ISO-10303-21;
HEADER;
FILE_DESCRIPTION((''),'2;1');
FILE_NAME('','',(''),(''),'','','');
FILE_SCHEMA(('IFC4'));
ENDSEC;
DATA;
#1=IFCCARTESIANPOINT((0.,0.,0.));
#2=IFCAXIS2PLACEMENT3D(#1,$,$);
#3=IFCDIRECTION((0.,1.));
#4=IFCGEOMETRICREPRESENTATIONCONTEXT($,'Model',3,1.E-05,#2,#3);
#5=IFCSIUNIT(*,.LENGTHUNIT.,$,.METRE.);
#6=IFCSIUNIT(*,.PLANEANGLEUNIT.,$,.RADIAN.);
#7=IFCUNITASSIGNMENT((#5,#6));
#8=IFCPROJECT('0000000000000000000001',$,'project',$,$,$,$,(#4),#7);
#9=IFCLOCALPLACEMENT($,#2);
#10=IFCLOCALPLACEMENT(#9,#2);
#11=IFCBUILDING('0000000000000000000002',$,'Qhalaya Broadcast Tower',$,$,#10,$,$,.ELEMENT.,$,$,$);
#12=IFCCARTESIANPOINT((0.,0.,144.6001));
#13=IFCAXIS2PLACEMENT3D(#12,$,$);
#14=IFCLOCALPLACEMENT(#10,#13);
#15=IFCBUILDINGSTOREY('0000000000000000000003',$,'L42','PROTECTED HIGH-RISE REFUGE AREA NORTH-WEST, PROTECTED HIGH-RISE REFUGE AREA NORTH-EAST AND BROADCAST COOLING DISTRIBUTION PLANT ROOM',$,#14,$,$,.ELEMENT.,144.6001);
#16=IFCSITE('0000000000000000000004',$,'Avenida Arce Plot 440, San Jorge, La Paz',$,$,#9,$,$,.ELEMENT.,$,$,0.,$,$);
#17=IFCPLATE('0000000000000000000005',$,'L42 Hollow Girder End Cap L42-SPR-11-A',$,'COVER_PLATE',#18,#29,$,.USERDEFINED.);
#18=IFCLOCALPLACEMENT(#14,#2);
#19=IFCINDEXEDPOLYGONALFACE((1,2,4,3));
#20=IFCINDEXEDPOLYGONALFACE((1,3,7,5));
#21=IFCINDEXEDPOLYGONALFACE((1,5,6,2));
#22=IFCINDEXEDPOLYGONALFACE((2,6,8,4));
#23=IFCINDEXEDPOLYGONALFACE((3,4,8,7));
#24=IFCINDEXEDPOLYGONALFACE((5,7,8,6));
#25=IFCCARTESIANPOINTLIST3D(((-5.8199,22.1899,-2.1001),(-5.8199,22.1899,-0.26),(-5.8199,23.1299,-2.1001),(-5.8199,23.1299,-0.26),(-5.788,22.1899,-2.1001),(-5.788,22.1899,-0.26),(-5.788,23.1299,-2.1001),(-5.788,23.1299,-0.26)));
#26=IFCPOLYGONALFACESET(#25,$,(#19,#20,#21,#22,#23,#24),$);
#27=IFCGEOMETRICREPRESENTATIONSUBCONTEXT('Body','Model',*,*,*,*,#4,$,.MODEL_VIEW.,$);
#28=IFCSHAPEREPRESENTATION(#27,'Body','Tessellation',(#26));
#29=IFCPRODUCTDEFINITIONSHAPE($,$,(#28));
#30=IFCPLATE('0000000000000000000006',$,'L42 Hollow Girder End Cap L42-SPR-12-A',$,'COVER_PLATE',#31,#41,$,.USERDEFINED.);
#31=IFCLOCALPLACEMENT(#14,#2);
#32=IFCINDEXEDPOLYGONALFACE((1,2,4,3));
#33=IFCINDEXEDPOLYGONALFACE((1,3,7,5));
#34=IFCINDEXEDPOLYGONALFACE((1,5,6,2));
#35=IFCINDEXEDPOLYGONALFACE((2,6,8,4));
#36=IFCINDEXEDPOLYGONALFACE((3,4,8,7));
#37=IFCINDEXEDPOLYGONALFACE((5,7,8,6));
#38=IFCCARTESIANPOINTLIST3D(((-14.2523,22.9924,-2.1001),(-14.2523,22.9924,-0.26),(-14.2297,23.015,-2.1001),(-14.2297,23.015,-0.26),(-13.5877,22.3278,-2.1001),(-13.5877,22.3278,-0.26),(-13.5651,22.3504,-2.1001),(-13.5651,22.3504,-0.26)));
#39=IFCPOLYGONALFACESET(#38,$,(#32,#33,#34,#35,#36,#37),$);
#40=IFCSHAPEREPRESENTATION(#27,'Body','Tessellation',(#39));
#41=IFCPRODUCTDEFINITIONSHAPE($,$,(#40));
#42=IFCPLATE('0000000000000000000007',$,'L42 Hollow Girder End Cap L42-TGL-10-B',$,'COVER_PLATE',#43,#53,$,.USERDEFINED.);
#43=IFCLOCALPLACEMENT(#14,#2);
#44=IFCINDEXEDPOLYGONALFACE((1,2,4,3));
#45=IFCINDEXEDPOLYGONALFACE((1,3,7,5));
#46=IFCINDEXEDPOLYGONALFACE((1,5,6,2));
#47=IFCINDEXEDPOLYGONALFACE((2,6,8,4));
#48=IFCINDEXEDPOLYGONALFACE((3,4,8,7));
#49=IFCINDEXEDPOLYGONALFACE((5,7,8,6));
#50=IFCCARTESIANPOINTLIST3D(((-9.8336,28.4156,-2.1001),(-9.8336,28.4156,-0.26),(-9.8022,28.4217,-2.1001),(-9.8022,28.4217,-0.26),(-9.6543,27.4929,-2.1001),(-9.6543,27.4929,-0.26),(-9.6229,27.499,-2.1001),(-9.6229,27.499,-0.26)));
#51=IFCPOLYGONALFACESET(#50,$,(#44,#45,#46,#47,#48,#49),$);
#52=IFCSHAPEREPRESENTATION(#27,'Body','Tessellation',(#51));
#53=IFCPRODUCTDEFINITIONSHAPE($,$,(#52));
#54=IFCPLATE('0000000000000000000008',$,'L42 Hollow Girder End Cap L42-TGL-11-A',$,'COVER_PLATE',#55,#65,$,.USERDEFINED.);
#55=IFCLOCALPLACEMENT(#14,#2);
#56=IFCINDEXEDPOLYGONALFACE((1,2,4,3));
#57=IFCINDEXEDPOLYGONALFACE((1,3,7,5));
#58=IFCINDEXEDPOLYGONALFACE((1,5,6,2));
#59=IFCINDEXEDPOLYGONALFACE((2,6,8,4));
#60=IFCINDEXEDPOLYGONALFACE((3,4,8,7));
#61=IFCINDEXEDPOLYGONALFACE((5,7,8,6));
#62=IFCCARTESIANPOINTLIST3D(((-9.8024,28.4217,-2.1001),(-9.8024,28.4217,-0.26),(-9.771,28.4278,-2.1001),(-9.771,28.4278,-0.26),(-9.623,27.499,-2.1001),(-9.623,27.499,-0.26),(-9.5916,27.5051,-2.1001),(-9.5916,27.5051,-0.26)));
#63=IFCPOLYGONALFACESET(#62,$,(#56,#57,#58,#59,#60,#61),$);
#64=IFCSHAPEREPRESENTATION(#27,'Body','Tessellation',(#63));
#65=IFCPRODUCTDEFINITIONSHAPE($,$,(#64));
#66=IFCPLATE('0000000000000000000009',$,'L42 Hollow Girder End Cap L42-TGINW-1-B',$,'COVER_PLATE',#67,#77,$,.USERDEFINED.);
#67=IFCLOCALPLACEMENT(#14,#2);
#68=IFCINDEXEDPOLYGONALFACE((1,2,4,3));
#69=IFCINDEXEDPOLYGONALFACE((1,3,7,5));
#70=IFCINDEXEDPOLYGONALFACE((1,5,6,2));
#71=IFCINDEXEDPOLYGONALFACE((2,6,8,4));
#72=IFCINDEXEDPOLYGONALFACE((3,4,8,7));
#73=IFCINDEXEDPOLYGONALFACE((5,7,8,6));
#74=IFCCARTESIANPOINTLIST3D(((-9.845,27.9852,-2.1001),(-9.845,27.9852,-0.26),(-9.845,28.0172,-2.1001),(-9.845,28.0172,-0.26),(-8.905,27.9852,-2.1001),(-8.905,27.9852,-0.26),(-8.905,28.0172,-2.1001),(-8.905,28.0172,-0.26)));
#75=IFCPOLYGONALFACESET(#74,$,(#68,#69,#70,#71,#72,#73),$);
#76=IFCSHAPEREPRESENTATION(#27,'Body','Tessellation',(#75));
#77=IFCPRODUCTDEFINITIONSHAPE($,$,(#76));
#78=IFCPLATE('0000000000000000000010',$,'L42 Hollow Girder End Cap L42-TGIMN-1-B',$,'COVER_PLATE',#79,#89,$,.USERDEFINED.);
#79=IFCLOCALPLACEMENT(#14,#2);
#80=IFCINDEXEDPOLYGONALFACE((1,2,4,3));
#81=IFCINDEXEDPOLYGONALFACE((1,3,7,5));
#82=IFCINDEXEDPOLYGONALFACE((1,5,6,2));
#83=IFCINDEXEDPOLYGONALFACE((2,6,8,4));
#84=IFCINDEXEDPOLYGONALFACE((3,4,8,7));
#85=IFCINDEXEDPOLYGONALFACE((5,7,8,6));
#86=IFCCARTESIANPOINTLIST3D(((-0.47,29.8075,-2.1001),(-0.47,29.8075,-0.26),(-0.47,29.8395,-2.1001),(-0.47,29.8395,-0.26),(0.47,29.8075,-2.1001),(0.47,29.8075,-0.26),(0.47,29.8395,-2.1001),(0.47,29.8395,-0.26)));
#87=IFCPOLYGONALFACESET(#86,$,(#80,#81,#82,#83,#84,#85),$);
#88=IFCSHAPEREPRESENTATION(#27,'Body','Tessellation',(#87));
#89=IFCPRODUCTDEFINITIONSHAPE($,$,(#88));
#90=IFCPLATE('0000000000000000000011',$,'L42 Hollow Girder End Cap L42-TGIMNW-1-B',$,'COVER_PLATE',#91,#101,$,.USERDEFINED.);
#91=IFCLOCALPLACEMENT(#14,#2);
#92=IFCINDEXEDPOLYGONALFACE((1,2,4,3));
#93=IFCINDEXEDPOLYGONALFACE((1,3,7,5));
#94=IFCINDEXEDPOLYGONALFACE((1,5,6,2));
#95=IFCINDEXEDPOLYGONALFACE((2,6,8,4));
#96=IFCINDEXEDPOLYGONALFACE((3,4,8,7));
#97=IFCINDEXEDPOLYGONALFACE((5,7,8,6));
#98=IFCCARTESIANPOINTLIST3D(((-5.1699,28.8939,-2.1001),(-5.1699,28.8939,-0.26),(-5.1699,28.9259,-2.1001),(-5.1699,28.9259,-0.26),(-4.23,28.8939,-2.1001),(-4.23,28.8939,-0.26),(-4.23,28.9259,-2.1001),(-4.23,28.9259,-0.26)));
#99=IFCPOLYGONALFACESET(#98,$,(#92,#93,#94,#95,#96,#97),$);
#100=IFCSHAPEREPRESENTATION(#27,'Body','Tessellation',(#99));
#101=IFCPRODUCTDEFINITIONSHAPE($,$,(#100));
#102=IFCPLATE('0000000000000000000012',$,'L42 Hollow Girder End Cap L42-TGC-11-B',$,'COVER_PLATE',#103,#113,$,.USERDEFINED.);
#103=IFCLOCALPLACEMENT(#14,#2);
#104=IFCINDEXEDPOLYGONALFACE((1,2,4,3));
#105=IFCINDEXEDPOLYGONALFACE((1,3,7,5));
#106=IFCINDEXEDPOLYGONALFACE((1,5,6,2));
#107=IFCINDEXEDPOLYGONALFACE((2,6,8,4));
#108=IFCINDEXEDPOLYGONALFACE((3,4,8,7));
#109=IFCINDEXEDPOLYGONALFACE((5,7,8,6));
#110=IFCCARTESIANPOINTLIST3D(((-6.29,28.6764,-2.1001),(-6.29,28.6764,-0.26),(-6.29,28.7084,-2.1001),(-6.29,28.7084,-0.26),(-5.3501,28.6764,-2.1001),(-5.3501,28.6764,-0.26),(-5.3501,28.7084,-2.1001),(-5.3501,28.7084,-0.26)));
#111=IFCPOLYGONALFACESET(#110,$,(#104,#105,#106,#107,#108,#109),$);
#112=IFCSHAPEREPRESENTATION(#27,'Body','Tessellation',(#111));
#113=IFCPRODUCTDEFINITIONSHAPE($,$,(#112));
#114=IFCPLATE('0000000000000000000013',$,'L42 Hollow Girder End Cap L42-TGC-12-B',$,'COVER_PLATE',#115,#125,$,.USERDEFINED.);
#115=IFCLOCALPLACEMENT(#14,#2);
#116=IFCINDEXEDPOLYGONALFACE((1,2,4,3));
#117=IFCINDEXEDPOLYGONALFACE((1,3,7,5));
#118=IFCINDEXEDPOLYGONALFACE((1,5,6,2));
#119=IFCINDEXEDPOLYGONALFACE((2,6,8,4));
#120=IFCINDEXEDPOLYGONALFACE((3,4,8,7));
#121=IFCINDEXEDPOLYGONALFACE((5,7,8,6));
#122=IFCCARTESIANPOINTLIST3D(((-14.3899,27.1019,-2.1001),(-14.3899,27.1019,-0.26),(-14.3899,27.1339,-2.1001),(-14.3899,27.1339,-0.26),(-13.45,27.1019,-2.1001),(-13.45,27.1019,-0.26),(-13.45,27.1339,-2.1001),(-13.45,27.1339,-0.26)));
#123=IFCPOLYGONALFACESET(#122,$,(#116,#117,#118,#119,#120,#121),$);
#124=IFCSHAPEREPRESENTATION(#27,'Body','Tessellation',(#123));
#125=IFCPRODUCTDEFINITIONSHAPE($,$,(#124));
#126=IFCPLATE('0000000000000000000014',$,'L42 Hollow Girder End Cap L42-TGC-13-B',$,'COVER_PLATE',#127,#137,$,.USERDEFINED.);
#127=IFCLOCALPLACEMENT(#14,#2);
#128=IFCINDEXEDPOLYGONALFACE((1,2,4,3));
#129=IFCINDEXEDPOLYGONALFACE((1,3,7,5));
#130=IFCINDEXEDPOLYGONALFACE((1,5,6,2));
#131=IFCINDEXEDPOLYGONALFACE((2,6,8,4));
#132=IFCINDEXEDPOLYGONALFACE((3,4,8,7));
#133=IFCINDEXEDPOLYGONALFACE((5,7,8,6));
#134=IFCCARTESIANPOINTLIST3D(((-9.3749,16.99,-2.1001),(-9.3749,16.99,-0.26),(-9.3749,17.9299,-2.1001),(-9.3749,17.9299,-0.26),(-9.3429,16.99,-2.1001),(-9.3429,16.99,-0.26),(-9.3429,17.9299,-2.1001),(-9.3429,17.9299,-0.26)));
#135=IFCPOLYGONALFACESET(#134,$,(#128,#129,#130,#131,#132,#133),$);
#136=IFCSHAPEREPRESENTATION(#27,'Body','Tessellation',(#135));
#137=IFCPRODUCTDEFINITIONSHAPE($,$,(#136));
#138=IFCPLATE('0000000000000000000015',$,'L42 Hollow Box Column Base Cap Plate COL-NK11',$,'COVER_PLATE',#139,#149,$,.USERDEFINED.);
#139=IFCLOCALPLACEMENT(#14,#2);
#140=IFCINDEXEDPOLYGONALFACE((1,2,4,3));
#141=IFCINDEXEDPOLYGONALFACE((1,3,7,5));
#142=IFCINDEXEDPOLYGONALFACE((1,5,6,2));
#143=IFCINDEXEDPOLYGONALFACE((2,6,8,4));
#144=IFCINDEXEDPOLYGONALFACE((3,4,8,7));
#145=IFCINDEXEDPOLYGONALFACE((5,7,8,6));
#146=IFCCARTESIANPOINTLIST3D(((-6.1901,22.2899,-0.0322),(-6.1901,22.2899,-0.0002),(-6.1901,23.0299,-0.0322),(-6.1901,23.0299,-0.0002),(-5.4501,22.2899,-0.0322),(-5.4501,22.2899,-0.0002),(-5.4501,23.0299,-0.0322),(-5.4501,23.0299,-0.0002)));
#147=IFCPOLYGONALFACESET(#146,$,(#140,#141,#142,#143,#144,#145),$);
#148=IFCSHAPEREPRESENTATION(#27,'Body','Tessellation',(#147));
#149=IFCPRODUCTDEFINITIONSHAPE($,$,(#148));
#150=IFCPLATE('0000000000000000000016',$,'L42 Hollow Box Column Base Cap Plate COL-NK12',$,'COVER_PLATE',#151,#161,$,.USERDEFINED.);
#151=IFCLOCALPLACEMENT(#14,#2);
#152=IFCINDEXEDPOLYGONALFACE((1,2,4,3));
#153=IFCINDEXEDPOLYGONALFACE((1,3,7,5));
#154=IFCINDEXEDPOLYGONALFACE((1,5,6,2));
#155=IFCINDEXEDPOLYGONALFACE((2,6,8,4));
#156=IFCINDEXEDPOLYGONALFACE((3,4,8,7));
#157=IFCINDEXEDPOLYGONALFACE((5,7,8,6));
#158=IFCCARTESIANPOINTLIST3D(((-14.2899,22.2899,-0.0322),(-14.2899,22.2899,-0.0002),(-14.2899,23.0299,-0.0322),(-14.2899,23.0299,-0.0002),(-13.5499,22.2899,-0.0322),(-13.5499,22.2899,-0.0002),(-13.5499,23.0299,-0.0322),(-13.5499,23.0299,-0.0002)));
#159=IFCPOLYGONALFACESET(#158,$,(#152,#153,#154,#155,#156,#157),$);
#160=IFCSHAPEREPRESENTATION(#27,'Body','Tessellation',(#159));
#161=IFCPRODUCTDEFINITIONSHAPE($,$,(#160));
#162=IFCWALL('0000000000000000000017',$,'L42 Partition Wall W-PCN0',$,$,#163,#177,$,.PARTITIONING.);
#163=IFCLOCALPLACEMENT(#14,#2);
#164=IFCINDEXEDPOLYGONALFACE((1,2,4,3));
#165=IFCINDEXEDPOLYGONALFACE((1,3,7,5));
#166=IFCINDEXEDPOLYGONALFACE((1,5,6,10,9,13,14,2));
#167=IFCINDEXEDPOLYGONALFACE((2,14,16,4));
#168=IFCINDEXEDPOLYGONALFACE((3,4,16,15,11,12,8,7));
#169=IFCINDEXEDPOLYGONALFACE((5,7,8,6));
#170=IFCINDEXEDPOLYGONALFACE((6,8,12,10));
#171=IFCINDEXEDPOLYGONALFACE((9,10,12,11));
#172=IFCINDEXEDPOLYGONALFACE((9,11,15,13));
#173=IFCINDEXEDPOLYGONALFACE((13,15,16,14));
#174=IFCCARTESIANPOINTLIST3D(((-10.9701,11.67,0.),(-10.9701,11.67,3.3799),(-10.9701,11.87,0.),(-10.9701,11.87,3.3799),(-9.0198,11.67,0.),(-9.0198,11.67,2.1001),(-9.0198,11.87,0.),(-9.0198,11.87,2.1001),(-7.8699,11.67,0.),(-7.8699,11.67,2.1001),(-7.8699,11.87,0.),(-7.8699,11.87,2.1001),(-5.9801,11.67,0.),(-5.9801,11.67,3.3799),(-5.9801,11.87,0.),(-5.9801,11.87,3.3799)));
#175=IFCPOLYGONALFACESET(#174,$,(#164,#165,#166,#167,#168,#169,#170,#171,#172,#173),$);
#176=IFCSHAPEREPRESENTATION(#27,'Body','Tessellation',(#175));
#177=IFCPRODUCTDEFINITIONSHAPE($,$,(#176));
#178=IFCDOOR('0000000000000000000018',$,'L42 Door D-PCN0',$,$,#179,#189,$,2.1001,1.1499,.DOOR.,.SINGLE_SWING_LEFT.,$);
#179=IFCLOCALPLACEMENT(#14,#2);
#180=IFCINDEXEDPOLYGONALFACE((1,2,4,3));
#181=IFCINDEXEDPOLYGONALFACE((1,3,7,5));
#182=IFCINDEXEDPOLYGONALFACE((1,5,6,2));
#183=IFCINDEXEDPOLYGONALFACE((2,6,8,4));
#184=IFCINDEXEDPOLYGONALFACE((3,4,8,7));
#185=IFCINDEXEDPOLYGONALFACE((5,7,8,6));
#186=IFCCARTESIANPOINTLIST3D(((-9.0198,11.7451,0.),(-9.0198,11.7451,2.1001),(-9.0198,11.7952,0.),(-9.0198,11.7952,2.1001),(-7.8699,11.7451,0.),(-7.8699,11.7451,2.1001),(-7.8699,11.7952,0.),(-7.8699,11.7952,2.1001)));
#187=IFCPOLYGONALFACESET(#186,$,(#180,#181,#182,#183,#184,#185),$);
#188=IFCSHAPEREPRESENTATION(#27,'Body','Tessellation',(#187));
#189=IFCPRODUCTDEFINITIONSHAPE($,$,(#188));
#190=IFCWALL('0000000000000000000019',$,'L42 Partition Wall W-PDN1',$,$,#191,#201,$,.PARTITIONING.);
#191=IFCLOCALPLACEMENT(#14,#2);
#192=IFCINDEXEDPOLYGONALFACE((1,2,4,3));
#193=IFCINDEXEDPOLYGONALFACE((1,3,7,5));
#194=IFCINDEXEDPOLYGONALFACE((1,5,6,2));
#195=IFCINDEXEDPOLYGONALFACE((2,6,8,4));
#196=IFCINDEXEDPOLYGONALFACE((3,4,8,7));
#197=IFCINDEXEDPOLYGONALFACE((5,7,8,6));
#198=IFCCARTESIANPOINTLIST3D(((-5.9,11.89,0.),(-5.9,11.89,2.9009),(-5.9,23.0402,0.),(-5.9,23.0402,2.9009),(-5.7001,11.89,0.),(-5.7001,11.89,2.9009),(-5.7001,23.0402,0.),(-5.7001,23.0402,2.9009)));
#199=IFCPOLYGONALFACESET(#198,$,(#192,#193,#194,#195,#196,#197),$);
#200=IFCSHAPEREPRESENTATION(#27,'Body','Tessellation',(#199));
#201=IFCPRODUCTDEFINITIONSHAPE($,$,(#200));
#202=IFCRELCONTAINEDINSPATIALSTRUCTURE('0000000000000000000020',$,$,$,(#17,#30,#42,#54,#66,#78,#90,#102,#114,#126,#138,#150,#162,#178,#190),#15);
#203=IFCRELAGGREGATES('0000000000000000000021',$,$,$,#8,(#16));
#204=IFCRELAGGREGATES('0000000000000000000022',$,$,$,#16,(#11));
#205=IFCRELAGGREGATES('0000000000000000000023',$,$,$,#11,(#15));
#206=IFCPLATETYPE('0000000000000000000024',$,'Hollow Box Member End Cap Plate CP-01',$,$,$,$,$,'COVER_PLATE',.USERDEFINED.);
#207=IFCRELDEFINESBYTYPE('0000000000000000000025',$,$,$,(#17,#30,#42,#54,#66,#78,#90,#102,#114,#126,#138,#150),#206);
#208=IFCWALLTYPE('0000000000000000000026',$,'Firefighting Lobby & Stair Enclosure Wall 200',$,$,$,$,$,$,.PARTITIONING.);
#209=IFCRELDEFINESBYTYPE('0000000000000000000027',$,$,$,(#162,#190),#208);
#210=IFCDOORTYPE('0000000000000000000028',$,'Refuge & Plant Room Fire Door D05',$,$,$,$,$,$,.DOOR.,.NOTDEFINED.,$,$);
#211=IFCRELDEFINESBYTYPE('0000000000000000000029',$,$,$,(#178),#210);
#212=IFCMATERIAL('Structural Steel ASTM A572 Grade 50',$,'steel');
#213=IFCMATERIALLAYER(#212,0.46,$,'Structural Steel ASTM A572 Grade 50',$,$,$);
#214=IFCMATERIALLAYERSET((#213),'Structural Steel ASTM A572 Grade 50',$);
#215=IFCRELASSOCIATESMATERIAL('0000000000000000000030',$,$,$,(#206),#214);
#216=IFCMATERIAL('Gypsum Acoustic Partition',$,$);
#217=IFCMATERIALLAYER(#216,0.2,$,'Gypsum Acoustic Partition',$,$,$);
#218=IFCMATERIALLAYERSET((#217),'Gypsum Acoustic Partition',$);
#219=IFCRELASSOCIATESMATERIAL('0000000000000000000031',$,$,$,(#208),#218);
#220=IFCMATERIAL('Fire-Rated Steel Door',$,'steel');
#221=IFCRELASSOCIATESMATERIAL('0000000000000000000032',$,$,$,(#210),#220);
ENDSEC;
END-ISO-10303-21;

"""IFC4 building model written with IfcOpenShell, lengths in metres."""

from ifc_helpers import new_model, si_unit, direction, frame, frame_2d, origin, origin_2d, place, context, subcontext, project, spatial, rectangle, extrude, material, layer, layer_set, type_object, element, fill, save


model = new_model("IFC4")

# Units and contexts
model_context = context("Model", 3, precision=1e-05, world=origin(), true_north=direction((0.0, 1.0)))
body_context = subcontext(model_context, "Body", "Model", "MODEL_VIEW")
ifc_project = project(units=[si_unit("LENGTHUNIT", "METRE"), si_unit("PLANEANGLEUNIT", "RADIAN")], contexts=[model_context])

# Site, building, storey
site_placement = place(None, origin())
site = spatial("IfcSite", under=ifc_project, at=site_placement, Name="Avenida Arce Plot 440, San Jorge, La Paz", CompositionType="ELEMENT", RefElevation=0.0)
building_placement = place(site_placement, origin())
building = spatial("IfcBuilding", under=site, at=building_placement, Name="Qhalaya Broadcast Tower", CompositionType="ELEMENT")
storey_placement = place(building_placement, frame((0.0, 0.0, 144.6001)))
storey = spatial("IfcBuildingStorey", under=building, at=storey_placement, Name="L42", Description="PROTECTED HIGH-RISE REFUGE AREA NORTH-WEST, PROTECTED HIGH-RISE REFUGE AREA NORTH-EAST AND BROADCAST COOLING DISTRIBUTION PLANT ROOM", CompositionType="ELEMENT", Elevation=144.6001)

# Shared definitions
ifc_material_1 = material(Name="Structural Steel ASTM A572 Grade 50", Category="steel")

# Plates
ifc_layer_1 = layer(ifc_material_1, 0.46, Name="Structural Steel ASTM A572 Grade 50")
ifc_layer_set_1 = layer_set([ifc_layer_1], Name="Structural Steel ASTM A572 Grade 50")
plate_type = type_object("IfcPlateType", Name="Hollow Box Member End Cap Plate CP-01", ElementType="COVER_PLATE", PredefinedType="USERDEFINED", material=ifc_layer_set_1)
for number, where, z_axis, x_axis, name in (
    (1, (-5.804, 22.6599, -2.1001), (0.0, 0.0, 1.0), (0.0, -1.0, 0.0), "L42 Hollow Girder End Cap L42-SPR-11-A"),
    (2, (-13.9087, 22.6714, -2.1001), (0.0, 0.0, 1.0), (0.707107, -0.707107, 0.0), "L42 Hollow Girder End Cap L42-SPR-12-A"),
    (3, (-9.7283, 27.9573, -2.1001), (0.0, 0.0, 1.0), (0.190809, -0.981627, 0.0), "L42 Hollow Girder End Cap L42-TGL-10-B"),
    (4, (-9.697, 27.9634, -2.1001), (0.0, 0.0, 1.0), (0.190809, -0.981627, 0.0), "L42 Hollow Girder End Cap L42-TGL-11-A"),
    (5, (-9.375, 28.0012, -2.1001), (0.0, 0.0, 1.0), (-1.0, 0.0, 0.0), "L42 Hollow Girder End Cap L42-TGINW-1-B"),
    (6, (0.0, 29.8235, -2.1001), (0.0, 0.0, 1.0), (-1.0, 0.0, 0.0), "L42 Hollow Girder End Cap L42-TGIMN-1-B"),
    (7, (-4.7, 28.9099, -2.1001), (0.0, 0.0, 1.0), (-1.0, 0.0, 0.0), "L42 Hollow Girder End Cap L42-TGIMNW-1-B"),
    (8, (-5.8201, 28.6924, -2.1001), (0.0, 0.0, 1.0), (-1.0, 0.0, 0.0), "L42 Hollow Girder End Cap L42-TGC-11-B"),
    (9, (-13.9199, 27.1179, -2.1001), (0.0, 0.0, 1.0), (-1.0, 0.0, 0.0), "L42 Hollow Girder End Cap L42-TGC-12-B"),
    (10, (-9.3589, 17.46, -2.1001), (0.0, 0.0, 1.0), (0.0, 1.0, 0.0), "L42 Hollow Girder End Cap L42-TGC-13-B"),
):
    element("IfcPlate", number, at=place(storey_placement, frame(where, z_axis=z_axis, x_axis=x_axis)), inside=storey, type_object=plate_type, Name=name, ObjectType="COVER_PLATE", PredefinedType="USERDEFINED", context=body_context, shape_type="SweptSolid", body=[
        extrude(rectangle(XDim=0.9399, YDim=0.032, at=origin_2d()), origin(), (0.0, 0.0, 1.0), 1.8401),
    ])
for number, where, z_axis, x_axis, name in (
    (11, (-5.8201, 22.6599, -0.0322), (0.0, 0.0, 1.0), (1.0, 0.0, 0.0), "L42 Hollow Box Column Base Cap Plate COL-NK11"),
    (12, (-13.9199, 22.6599, -0.0322), (0.0, 0.0, 1.0), (1.0, 0.0, 0.0), "L42 Hollow Box Column Base Cap Plate COL-NK12"),
):
    element("IfcPlate", number, at=place(storey_placement, frame(where, z_axis=z_axis, x_axis=x_axis)), inside=storey, type_object=plate_type, Name=name, ObjectType="COVER_PLATE", PredefinedType="USERDEFINED", context=body_context, shape_type="SweptSolid", body=[
        extrude(rectangle(XDim=0.74, YDim=0.74, at=origin_2d()), origin(), (0.0, 0.0, 1.0), 0.032),
    ])

# Wall, opening, door
ifc_material_2 = material(Name="Gypsum Acoustic Partition")
ifc_layer_2 = layer(ifc_material_2, 0.2, Name="Gypsum Acoustic Partition")
ifc_layer_set_2 = layer_set([ifc_layer_2], Name="Gypsum Acoustic Partition")
wall_type_1 = type_object("IfcWallType", Name="Firefighting Lobby & Stair Enclosure Wall 200", PredefinedType="PARTITIONING", material=ifc_layer_set_2)
wall_1_placement = place(storey_placement, frame((-5.98, 11.77, 0.0), z_axis=(0.0, 0.0, 1.0), x_axis=(-1.0, 0.0, 0.0)))
wall_1 = element("IfcWall", 13, at=wall_1_placement, inside=storey, type_object=wall_type_1, Name="L42 Partition Wall W-PCN0", PredefinedType="PARTITIONING", context=body_context, shape_type="SweptSolid", body=[
    extrude(rectangle(XDim=4.99, YDim=0.2, at=frame_2d((2.4951, 0.0))), origin(), (0.0, 0.0, 1.0), 3.3799),
])
opening_1_placement = place(wall_1_placement, frame((1.8899, 0.0, 0.0)))
opening_1 = element("IfcOpeningElement", 14, at=opening_1_placement, cuts=wall_1, PredefinedType="OPENING", context=body_context, shape_type="SweptSolid", body=[
    extrude(rectangle(XDim=1.1499, YDim=2.1001, at=frame_2d((0.575, 1.05))), frame((0.0, 0.1121, 0.0), z_axis=(0.0, -1.0, 0.0), x_axis=(1.0, 0.0, 0.0)), (0.0, 0.0, 1.0), 0.2239),
])
ifc_material_3 = material(Name="Fire-Rated Steel Door", Category="steel")
door_type = type_object("IfcDoorType", Name="Refuge & Plant Room Fire Door D05", OperationType="NOTDEFINED", PredefinedType="DOOR", material=ifc_material_3)
door_1_placement = place(opening_1_placement, origin())
door_1 = element("IfcDoor", 15, at=door_1_placement, inside=storey, type_object=door_type, Name="L42 Door D-PCN0", OperationType="SINGLE_SWING_LEFT", OverallHeight=2.1001, OverallWidth=1.1499, PredefinedType="DOOR", context=body_context, shape_type="SweptSolid", body=[
    extrude(rectangle(XDim=1.1499, YDim=2.1001, at=frame_2d((0.575, 1.05))), frame((0.0, 0.0249, 0.0), z_axis=(0.0, -1.0, 0.0), x_axis=(1.0, 0.0, 0.0)), (0.0, 0.0, 1.0), 0.05),
])
fill(opening_1, door_1)

# Wall
wall_2_placement = place(storey_placement, frame((-5.8, 11.8899, 0.0), z_axis=(0.0, 0.0, 1.0), x_axis=(0.0, 1.0, 0.0)))
element("IfcWall", 16, at=wall_2_placement, inside=storey, type_object=wall_type_1, Name="L42 Partition Wall W-PDN1", PredefinedType="PARTITIONING", context=body_context, shape_type="SweptSolid", body=[
    extrude(rectangle(XDim=11.1501, YDim=0.2, at=frame_2d((5.5752, 0.0))), origin(), (0.0, 0.0, 1.0), 2.9009),
])

save(model, "model.ifc")
